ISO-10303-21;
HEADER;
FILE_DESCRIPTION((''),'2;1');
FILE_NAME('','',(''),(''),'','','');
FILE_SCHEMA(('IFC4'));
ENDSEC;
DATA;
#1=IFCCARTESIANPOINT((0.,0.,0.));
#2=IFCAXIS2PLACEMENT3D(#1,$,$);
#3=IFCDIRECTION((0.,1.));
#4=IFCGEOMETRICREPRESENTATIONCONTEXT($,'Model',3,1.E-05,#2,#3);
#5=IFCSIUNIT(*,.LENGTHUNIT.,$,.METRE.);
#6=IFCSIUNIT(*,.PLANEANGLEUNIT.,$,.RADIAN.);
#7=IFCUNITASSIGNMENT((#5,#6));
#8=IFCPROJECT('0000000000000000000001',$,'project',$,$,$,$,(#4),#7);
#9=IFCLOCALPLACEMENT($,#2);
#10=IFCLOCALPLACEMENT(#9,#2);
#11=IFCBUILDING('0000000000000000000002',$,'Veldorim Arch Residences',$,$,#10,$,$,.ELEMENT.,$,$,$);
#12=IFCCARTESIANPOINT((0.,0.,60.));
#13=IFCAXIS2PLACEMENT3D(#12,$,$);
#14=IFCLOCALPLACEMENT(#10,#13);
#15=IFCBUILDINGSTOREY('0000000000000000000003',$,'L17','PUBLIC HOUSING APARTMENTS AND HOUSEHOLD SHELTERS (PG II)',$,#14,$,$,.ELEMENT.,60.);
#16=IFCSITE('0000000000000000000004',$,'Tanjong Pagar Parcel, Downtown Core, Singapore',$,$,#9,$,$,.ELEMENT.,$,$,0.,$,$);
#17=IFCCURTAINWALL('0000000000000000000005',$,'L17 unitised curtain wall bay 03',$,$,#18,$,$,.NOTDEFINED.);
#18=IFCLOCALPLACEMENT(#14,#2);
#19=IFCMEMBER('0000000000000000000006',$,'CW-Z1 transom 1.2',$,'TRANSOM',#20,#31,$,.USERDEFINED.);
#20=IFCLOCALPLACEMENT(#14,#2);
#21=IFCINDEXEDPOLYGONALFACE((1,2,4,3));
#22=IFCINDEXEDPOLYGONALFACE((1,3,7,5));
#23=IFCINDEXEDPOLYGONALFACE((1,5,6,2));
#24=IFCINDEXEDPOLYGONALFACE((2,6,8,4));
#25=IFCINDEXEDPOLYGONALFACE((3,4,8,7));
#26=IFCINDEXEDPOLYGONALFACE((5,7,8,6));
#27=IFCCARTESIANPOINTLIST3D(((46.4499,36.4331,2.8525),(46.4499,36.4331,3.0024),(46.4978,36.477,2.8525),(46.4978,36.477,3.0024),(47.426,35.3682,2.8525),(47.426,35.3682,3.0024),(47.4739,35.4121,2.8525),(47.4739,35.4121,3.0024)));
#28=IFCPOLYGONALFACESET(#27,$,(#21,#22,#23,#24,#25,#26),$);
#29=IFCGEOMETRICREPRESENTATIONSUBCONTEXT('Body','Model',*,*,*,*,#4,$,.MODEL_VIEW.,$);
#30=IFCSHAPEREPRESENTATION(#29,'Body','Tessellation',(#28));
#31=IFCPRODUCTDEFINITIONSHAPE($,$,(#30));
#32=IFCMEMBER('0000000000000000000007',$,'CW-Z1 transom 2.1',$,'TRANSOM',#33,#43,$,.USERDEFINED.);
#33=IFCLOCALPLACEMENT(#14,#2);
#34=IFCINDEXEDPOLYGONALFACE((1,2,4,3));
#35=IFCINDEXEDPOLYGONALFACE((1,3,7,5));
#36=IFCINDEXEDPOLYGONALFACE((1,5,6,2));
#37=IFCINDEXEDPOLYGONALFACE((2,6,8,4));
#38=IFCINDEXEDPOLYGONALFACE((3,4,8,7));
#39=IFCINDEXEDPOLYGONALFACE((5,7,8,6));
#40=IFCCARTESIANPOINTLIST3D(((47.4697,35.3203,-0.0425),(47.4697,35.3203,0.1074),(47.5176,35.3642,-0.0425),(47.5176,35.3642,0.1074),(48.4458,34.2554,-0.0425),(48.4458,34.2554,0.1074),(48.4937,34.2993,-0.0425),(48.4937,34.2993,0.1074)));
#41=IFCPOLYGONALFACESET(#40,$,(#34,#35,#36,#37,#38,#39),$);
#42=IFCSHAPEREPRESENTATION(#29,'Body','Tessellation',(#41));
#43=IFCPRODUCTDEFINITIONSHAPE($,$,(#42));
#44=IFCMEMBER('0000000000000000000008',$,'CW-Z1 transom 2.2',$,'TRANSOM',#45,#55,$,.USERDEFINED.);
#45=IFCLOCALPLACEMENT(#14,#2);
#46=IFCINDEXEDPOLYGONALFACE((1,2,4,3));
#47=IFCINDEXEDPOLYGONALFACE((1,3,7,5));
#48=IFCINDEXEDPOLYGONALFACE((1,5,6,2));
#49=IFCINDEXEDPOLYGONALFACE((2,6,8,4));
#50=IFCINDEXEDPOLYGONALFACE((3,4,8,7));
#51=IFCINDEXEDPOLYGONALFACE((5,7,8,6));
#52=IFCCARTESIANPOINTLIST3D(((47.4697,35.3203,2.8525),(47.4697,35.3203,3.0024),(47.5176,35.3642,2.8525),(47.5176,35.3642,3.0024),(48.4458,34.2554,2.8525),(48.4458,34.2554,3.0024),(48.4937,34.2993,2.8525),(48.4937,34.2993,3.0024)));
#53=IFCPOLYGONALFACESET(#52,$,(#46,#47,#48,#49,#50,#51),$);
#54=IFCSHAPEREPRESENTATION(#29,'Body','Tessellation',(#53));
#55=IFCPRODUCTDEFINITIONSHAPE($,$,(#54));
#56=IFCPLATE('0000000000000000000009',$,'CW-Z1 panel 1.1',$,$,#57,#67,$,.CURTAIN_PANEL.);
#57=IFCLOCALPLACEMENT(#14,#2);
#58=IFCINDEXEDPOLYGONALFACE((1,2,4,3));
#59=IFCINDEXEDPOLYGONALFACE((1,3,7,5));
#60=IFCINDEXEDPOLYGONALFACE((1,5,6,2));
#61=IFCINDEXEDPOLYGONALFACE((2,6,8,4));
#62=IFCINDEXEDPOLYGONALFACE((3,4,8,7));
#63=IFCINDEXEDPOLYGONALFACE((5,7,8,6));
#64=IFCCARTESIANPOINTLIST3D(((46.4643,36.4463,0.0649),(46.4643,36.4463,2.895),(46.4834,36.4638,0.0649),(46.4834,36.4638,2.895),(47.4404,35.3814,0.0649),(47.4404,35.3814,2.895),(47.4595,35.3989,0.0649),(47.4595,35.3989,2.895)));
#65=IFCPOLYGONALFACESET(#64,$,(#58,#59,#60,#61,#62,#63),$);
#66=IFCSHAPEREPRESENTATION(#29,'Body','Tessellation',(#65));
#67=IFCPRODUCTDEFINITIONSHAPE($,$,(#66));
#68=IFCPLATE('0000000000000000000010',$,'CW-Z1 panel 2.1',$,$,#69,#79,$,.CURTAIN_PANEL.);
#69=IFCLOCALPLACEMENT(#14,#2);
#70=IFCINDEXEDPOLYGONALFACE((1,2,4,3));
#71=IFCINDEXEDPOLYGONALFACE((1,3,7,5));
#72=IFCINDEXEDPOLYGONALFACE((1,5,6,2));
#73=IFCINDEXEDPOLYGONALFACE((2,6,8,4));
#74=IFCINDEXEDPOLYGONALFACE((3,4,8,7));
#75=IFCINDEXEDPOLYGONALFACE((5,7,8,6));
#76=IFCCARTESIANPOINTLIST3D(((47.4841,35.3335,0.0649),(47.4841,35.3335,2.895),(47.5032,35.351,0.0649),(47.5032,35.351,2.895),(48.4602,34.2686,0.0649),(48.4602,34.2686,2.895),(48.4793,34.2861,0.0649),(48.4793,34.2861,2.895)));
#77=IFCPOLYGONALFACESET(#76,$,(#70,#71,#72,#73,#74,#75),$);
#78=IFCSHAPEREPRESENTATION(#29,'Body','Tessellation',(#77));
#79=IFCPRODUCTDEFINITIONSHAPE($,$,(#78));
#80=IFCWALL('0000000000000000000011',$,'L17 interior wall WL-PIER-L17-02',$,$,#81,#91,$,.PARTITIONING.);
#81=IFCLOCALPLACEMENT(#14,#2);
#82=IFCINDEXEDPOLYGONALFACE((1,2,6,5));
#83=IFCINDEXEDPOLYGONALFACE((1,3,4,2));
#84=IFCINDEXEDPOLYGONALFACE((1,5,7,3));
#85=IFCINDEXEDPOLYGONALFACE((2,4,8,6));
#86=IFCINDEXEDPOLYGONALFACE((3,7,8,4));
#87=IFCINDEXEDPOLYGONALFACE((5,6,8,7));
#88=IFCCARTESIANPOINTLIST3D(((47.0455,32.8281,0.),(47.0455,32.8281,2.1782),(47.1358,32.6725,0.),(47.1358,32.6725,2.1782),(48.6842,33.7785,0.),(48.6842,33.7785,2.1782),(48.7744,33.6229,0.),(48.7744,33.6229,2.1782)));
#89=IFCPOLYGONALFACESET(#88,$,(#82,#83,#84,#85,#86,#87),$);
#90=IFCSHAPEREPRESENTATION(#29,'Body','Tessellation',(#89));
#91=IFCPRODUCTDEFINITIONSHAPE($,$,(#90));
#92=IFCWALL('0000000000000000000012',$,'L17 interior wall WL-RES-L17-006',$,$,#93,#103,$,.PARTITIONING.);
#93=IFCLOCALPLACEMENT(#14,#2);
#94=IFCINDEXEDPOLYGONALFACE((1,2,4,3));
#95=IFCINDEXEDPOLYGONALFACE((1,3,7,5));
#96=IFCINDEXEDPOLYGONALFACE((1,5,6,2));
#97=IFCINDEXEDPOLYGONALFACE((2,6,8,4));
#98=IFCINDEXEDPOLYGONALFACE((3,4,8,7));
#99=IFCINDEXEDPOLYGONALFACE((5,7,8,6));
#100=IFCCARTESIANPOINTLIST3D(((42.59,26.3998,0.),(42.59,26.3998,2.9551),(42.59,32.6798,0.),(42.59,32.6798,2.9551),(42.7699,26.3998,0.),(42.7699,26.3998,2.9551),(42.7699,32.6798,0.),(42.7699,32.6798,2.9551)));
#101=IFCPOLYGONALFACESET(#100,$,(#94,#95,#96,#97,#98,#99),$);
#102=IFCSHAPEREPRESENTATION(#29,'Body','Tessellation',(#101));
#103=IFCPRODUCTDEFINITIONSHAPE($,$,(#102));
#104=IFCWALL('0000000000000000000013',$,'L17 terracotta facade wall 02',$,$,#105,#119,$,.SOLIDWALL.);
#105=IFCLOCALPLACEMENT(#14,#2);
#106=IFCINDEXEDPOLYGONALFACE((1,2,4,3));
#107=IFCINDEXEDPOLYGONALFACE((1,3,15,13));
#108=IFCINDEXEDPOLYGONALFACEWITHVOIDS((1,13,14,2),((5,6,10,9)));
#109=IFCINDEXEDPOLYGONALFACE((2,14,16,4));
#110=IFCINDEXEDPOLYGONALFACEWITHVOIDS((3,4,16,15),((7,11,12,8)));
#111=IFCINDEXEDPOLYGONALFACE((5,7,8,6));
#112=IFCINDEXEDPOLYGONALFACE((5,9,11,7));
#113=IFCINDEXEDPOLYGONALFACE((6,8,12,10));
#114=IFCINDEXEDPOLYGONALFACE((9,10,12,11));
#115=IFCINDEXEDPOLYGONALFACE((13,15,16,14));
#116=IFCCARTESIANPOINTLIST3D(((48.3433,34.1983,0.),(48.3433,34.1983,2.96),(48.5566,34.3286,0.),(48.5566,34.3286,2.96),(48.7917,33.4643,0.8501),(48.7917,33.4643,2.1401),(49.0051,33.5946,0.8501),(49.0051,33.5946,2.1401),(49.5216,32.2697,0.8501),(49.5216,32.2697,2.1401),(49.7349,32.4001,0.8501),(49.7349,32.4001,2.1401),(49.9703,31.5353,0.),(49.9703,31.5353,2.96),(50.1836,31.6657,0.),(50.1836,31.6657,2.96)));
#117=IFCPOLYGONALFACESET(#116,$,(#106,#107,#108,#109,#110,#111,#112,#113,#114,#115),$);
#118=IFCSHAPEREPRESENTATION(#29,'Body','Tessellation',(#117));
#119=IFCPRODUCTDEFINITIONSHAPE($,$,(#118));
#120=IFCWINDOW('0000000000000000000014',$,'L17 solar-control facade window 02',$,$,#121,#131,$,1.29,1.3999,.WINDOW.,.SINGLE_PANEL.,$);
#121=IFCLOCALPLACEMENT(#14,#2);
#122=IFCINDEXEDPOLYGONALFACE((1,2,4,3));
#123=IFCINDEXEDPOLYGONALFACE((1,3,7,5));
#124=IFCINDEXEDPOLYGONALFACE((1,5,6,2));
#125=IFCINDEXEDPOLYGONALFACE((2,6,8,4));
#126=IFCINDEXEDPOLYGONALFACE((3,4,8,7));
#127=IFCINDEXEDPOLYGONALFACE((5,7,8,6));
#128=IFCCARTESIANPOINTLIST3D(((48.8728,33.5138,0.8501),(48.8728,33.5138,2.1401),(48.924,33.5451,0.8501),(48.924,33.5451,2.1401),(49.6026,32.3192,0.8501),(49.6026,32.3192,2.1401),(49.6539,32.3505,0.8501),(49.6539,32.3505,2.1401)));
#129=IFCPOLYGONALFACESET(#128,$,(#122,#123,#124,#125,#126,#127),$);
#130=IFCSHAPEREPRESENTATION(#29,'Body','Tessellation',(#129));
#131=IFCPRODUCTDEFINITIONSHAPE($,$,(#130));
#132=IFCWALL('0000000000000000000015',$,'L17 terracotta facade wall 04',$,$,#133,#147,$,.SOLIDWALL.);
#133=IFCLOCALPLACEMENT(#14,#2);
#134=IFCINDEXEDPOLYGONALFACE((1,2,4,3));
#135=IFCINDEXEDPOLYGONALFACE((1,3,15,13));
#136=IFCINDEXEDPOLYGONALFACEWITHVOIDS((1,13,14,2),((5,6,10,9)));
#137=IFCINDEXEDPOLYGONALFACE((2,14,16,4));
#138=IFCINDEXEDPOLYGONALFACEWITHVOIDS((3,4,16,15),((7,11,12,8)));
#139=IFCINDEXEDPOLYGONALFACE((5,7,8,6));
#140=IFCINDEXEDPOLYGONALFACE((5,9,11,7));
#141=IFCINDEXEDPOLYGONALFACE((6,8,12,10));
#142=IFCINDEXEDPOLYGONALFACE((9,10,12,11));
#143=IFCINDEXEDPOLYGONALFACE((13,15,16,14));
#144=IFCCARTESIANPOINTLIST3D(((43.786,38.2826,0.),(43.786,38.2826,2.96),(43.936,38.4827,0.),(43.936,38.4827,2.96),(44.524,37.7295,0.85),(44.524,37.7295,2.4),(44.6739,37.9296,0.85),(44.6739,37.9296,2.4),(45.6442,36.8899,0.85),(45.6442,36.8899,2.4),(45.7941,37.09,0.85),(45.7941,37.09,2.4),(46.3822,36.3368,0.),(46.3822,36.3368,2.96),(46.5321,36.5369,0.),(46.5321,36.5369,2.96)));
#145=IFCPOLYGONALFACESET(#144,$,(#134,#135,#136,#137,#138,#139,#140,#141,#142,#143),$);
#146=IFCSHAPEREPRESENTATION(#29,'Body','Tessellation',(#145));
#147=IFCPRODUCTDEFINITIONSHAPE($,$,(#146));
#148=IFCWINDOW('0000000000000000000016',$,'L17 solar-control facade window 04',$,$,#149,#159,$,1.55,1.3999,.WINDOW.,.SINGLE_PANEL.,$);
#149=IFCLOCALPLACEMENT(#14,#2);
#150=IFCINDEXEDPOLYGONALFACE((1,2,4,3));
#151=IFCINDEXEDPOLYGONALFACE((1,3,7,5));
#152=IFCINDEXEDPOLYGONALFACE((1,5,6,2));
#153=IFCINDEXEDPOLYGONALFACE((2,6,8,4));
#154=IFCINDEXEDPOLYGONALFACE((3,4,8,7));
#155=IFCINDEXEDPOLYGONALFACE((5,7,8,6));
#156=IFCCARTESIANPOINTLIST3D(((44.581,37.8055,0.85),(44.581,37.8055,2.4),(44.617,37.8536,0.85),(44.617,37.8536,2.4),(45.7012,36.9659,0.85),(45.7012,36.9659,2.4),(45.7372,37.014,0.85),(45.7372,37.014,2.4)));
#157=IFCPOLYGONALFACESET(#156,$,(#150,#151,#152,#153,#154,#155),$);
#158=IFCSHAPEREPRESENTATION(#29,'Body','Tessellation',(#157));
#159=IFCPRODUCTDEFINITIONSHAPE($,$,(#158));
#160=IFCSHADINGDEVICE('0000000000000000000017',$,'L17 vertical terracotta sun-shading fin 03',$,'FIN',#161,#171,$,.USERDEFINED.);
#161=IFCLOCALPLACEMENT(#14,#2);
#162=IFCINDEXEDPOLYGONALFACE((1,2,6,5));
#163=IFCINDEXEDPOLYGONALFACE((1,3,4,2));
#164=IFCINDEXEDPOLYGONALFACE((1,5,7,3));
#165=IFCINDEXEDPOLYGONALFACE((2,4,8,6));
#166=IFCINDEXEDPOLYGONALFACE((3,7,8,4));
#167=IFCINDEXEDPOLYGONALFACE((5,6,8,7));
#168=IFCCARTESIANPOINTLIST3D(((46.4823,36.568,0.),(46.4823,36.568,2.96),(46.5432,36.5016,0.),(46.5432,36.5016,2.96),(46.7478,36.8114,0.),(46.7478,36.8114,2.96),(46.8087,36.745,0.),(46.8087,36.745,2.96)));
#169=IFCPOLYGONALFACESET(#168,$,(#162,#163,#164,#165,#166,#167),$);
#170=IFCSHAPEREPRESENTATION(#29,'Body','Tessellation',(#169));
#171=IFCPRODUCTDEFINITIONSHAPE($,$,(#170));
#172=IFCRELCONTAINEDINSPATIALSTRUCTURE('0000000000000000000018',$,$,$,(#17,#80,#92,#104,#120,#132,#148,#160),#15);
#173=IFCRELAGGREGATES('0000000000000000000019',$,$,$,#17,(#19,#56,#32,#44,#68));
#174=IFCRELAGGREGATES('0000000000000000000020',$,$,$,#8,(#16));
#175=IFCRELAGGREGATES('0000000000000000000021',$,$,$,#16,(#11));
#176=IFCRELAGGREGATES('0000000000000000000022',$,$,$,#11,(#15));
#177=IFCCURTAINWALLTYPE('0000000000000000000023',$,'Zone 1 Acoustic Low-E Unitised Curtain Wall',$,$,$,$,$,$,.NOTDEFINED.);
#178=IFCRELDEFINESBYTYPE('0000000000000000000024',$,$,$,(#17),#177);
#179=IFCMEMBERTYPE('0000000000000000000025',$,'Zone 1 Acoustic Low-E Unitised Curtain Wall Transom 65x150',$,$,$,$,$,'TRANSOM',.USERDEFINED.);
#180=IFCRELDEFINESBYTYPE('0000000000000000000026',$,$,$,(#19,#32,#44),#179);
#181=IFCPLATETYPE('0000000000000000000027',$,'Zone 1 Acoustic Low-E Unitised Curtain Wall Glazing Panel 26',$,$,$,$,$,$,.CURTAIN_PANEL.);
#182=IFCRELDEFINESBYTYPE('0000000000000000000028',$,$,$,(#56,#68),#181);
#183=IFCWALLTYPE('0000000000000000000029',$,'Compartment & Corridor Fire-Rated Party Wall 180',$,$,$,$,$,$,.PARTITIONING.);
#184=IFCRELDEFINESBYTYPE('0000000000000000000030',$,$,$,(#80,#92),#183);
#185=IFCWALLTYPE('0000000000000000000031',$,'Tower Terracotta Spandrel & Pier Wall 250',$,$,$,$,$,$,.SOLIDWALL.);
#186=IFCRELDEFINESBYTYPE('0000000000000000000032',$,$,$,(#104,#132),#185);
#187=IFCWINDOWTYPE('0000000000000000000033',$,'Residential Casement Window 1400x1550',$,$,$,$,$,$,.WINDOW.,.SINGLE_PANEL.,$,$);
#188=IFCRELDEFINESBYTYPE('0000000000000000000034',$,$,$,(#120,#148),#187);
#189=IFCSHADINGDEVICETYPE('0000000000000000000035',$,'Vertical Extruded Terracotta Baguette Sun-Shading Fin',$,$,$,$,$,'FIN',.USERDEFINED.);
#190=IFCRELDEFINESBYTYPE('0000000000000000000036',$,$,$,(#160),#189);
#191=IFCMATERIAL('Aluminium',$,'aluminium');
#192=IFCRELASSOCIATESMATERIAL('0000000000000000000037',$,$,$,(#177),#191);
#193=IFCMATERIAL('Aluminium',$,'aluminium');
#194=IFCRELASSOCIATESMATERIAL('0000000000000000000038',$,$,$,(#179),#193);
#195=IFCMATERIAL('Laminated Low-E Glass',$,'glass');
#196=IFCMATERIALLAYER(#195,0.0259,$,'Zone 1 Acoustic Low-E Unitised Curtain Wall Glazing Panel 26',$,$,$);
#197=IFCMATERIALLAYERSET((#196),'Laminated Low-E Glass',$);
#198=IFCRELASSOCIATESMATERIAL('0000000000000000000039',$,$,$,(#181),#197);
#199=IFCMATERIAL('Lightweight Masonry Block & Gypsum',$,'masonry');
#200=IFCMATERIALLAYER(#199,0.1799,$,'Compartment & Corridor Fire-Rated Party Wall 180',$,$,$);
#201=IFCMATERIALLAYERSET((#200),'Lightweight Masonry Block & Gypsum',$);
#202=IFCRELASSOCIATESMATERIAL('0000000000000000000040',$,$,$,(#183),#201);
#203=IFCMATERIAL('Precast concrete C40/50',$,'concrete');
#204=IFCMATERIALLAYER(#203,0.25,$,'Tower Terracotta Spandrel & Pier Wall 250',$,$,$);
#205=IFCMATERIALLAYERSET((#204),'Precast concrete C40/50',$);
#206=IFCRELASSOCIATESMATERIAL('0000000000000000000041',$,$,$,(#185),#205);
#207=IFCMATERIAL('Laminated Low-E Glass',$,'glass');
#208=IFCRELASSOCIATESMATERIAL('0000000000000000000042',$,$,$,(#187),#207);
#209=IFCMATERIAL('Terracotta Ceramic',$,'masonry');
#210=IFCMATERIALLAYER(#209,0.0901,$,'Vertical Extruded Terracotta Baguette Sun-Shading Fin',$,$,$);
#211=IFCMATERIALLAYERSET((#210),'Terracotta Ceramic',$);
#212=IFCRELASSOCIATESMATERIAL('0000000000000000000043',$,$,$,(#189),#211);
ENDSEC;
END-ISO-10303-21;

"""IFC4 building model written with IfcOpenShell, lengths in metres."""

from ifc_helpers import new_model, si_unit, direction, frame, frame_2d, origin, origin_2d, place, context, subcontext, project, spatial, rectangle, extrude, material, layer, layer_set, material_profile, profile_set, type_object, element, fill, aggregate, save


model = new_model("IFC4")

# Units and contexts
model_context = context("Model", 3, precision=1e-05, world=origin(), true_north=direction((0.0, 1.0)))
body_context = subcontext(model_context, "Body", "Model", "MODEL_VIEW")
ifc_project = project(units=[si_unit("LENGTHUNIT", "METRE"), si_unit("PLANEANGLEUNIT", "RADIAN")], contexts=[model_context])

# Site, building, storey
site_placement = place(None, origin())
site = spatial("IfcSite", under=ifc_project, at=site_placement, Name="Tanjong Pagar Parcel, Downtown Core, Singapore", CompositionType="ELEMENT", RefElevation=0.0)
building_placement = place(site_placement, origin())
building = spatial("IfcBuilding", under=site, at=building_placement, Name="Veldorim Arch Residences", CompositionType="ELEMENT")
storey_placement = place(building_placement, frame((0.0, 0.0, 60.0)))
storey = spatial("IfcBuildingStorey", under=building, at=storey_placement, Name="L17", Description="PUBLIC HOUSING APARTMENTS AND HOUSEHOLD SHELTERS (PG II)", CompositionType="ELEMENT", Elevation=60.0)

# Curtain wall, members, plates
ifc_material_1 = material(Name="Aluminium", Category="aluminium")
curtain_wall_type = type_object("IfcCurtainWallType", Name="Zone 1 Acoustic Low-E Unitised Curtain Wall", PredefinedType="NOTDEFINED", material=ifc_material_1)
curtain_wall_placement = place(storey_placement, origin())
curtain_wall = element("IfcCurtainWall", 1, at=curtain_wall_placement, inside=storey, type_object=curtain_wall_type, Name="L17 unitised curtain wall bay 03", PredefinedType="NOTDEFINED")
ifc_material_2 = material(Name="Aluminium", Category="aluminium")
ifc_material_profile_1 = material_profile(ifc_material_2, rectangle(XDim=0.0649, YDim=0.1499, at=origin_2d()), Name="ALU_TRN_65x150")
ifc_profile_set_1 = profile_set([ifc_material_profile_1], Name="Aluminium")
member_type_1 = type_object("IfcMemberType", Name="Zone 1 Acoustic Low-E Unitised Curtain Wall Transom 65x150", ElementType="TRANSOM", PredefinedType="USERDEFINED", material=ifc_profile_set_1)
member_1_placement = place(storey_placement, frame((46.4739, 36.4551, 2.9275), z_axis=(0.675679, -0.737196, 0.0), x_axis=(0.737196, 0.675679, 0.0)))
member_1 = element("IfcMember", 2, at=member_1_placement, type_object=member_type_1, Name="CW-Z1 transom 1.2", ObjectType="TRANSOM", PredefinedType="USERDEFINED", context=body_context, shape_type="SweptSolid", body=[
    extrude(rectangle(XDim=0.0649, YDim=0.1499, at=origin_2d()), origin(), (0.0, 0.0, 1.0), 1.4446),
])
member_2_placement = place(storey_placement, frame((47.4937, 35.3423, 0.0325), z_axis=(0.675679, -0.737196, 0.0), x_axis=(0.737196, 0.675679, 0.0)))
member_2 = element("IfcMember", 3, at=member_2_placement, type_object=member_type_1, Name="CW-Z1 transom 2.1", ObjectType="TRANSOM", PredefinedType="USERDEFINED", context=body_context, shape_type="SweptSolid", body=[
    extrude(rectangle(XDim=0.0649, YDim=0.1499, at=origin_2d()), origin(), (0.0, 0.0, 1.0), 1.4446),
])
member_3_placement = place(storey_placement, frame((47.4937, 35.3423, 2.9275), z_axis=(0.675679, -0.737196, 0.0), x_axis=(0.737196, 0.675679, 0.0)))
member_3 = element("IfcMember", 4, at=member_3_placement, type_object=member_type_1, Name="CW-Z1 transom 2.2", ObjectType="TRANSOM", PredefinedType="USERDEFINED", context=body_context, shape_type="SweptSolid", body=[
    extrude(rectangle(XDim=0.0649, YDim=0.1499, at=origin_2d()), origin(), (0.0, 0.0, 1.0), 1.4446),
])
ifc_material_3 = material(Name="Laminated Low-E Glass", Category="glass")
ifc_layer_1 = layer(ifc_material_3, 0.0259, Name="Zone 1 Acoustic Low-E Unitised Curtain Wall Glazing Panel 26")
ifc_layer_set_1 = layer_set([ifc_layer_1], Name="Laminated Low-E Glass")
plate_type = type_object("IfcPlateType", Name="Zone 1 Acoustic Low-E Unitised Curtain Wall Glazing Panel 26", PredefinedType="CURTAIN_PANEL", material=ifc_layer_set_1)
plate_1_placement = place(storey_placement, frame((46.9619, 35.9226, 0.0649), z_axis=(0.0, 0.0, 1.0), x_axis=(0.675682, -0.737193, 0.0)))
plate_1 = element("IfcPlate", 5, at=plate_1_placement, type_object=plate_type, Name="CW-Z1 panel 1.1", PredefinedType="CURTAIN_PANEL", context=body_context, shape_type="SweptSolid", body=[
    extrude(rectangle(XDim=1.4446, YDim=0.0259, at=origin_2d()), origin(), (0.0, 0.0, 1.0), 2.8301),
])
plate_2_placement = place(storey_placement, frame((47.9817, 34.8098, 0.0649), z_axis=(0.0, 0.0, 1.0), x_axis=(0.675682, -0.737193, 0.0)))
plate_2 = element("IfcPlate", 6, at=plate_2_placement, type_object=plate_type, Name="CW-Z1 panel 2.1", PredefinedType="CURTAIN_PANEL", context=body_context, shape_type="SweptSolid", body=[
    extrude(rectangle(XDim=1.4446, YDim=0.0259, at=origin_2d()), origin(), (0.0, 0.0, 1.0), 2.8301),
])
aggregate(curtain_wall, [member_1, plate_1, member_2, member_3, plate_2])

# Walls
ifc_material_4 = material(Name="Lightweight Masonry Block & Gypsum", Category="masonry")
ifc_layer_2 = layer(ifc_material_4, 0.1799, Name="Compartment & Corridor Fire-Rated Party Wall 180")
ifc_layer_set_2 = layer_set([ifc_layer_2], Name="Lightweight Masonry Block & Gypsum")
wall_type_1 = type_object("IfcWallType", Name="Compartment & Corridor Fire-Rated Party Wall 180", PredefinedType="PARTITIONING", material=ifc_layer_set_2)
wall_1_placement = place(storey_placement, frame((47.0906, 32.7502, 0.0), z_axis=(0.0, 0.0, 1.0), x_axis=(0.865029, 0.501722, 0.0)))
element("IfcWall", 7, at=wall_1_placement, inside=storey, type_object=wall_type_1, Name="L17 interior wall WL-PIER-L17-02", PredefinedType="PARTITIONING", context=body_context, shape_type="SweptSolid", body=[
    extrude(rectangle(XDim=1.8943, YDim=0.1799, at=frame_2d((0.9473, 0.0))), origin(), (0.0, 0.0, 1.0), 2.1782),
])
wall_2_placement = place(storey_placement, frame((42.6799, 32.6799, 0.0), z_axis=(0.0, 0.0, 1.0), x_axis=(0.0, -1.0, 0.0)))
element("IfcWall", 8, at=wall_2_placement, inside=storey, type_object=wall_type_1, Name="L17 interior wall WL-RES-L17-006", PredefinedType="PARTITIONING", context=body_context, shape_type="SweptSolid", body=[
    extrude(rectangle(XDim=6.28, YDim=0.1799, at=frame_2d((3.1401, 0.0))), origin(), (0.0, 0.0, 1.0), 2.9551),
])

# Walls, openings, windows
ifc_material_5 = material(Name="Precast concrete C40/50", Category="concrete")
ifc_layer_3 = layer(ifc_material_5, 0.25, Name="Tower Terracotta Spandrel & Pier Wall 250")
ifc_layer_set_3 = layer_set([ifc_layer_3], Name="Precast concrete C40/50")
wall_type_2 = type_object("IfcWallType", Name="Tower Terracotta Spandrel & Pier Wall 250", PredefinedType="SOLIDWALL", material=ifc_layer_set_3)
wall_3_placement = place(storey_placement, frame((48.45, 34.2634, 0.0), z_axis=(0.0, 0.0, 1.0), x_axis=(0.521371, -0.85333, 0.0)))
wall_3 = element("IfcWall", 9, at=wall_3_placement, inside=storey, type_object=wall_type_2, Name="L17 terracotta facade wall 02", PredefinedType="SOLIDWALL", context=body_context, shape_type="SweptSolid", body=[
    extrude(rectangle(XDim=3.1206, YDim=0.25, at=frame_2d((1.5603, 0.0))), origin(), (0.0, 0.0, 1.0), 2.96),
])
opening_1_placement = place(wall_3_placement, frame((0.8601, 0.0, 0.8501)))
opening_1 = element("IfcOpeningElement", 10, at=opening_1_placement, cuts=wall_3, PredefinedType="OPENING", context=body_context, shape_type="SweptSolid", body=[
    extrude(rectangle(XDim=1.3999, YDim=1.29, at=frame_2d((0.7, 0.645))), frame((0.0, 0.135, 0.0), z_axis=(0.0, -1.0, 0.0), x_axis=(1.0, 0.0, 0.0)), (0.0, 0.0, 1.0), 0.27),
])
ifc_material_6 = material(Name="Laminated Low-E Glass", Category="glass")
window_type = type_object("IfcWindowType", Name="Residential Casement Window 1400x1550", PartitioningType="SINGLE_PANEL", PredefinedType="WINDOW", material=ifc_material_6)
window_1_placement = place(opening_1_placement, origin())
window_1 = element("IfcWindow", 11, at=window_1_placement, inside=storey, type_object=window_type, Name="L17 solar-control facade window 02", OverallHeight=1.29, OverallWidth=1.3999, PartitioningType="SINGLE_PANEL", PredefinedType="WINDOW", context=body_context, shape_type="SweptSolid", body=[
    extrude(rectangle(XDim=1.3999, YDim=1.29, at=frame_2d((0.7, 0.645))), frame((0.0, 0.03, 0.0), z_axis=(0.0, -1.0, 0.0), x_axis=(1.0, 0.0, 0.0)), (0.0, 0.0, 1.0), 0.0601),
])
fill(opening_1, window_1)
wall_4_placement = place(storey_placement, frame((43.8611, 38.3826, 0.0), z_axis=(0.0, 0.0, 1.0), x_axis=(0.800199, -0.599735, 0.0)))
wall_4 = element("IfcWall", 12, at=wall_4_placement, inside=storey, type_object=wall_type_2, Name="L17 terracotta facade wall 04", PredefinedType="SOLIDWALL", context=body_context, shape_type="SweptSolid", body=[
    extrude(rectangle(XDim=3.2444, YDim=0.25, at=frame_2d((1.6221, 0.0))), origin(), (0.0, 0.0, 1.0), 2.96),
])
opening_2_placement = place(wall_4_placement, frame((0.9221, 0.0, 0.8501)))
opening_2 = element("IfcOpeningElement", 13, at=opening_2_placement, cuts=wall_4, PredefinedType="OPENING", context=body_context, shape_type="SweptSolid", body=[
    extrude(rectangle(XDim=1.3999, YDim=1.55, at=frame_2d((0.7, 0.7749))), frame((0.0, 0.135, 0.0), z_axis=(0.0, -1.0, 0.0), x_axis=(1.0, 0.0, 0.0)), (0.0, 0.0, 1.0), 0.27),
])
window_2_placement = place(opening_2_placement, origin())
window_2 = element("IfcWindow", 14, at=window_2_placement, inside=storey, type_object=window_type, Name="L17 solar-control facade window 04", OverallHeight=1.55, OverallWidth=1.3999, PartitioningType="SINGLE_PANEL", PredefinedType="WINDOW", context=body_context, shape_type="SweptSolid", body=[
    extrude(rectangle(XDim=1.3999, YDim=1.55, at=frame_2d((0.7, 0.7749))), frame((0.0, 0.03, 0.0), z_axis=(0.0, -1.0, 0.0), x_axis=(1.0, 0.0, 0.0)), (0.0, 0.0, 1.0), 0.0601),
])
fill(opening_2, window_2)

# Shading device
ifc_material_7 = material(Name="Terracotta Ceramic", Category="masonry")
ifc_layer_4 = layer(ifc_material_7, 0.0901, Name="Vertical Extruded Terracotta Baguette Sun-Shading Fin")
ifc_layer_set_4 = layer_set([ifc_layer_4], Name="Terracotta Ceramic")
shading_device_type = type_object("IfcShadingDeviceType", Name="Vertical Extruded Terracotta Baguette Sun-Shading Fin", ElementType="FIN", PredefinedType="USERDEFINED", material=ifc_layer_set_4)
shading_device_placement = place(storey_placement, frame((46.6455, 36.6565, 0.0), z_axis=(0.0, 0.0, 1.0), x_axis=(0.675719, -0.737159, 0.0)))
element("IfcShadingDevice", 15, at=shading_device_placement, inside=storey, type_object=shading_device_type, Name="L17 vertical terracotta sun-shading fin 03", ObjectType="FIN", PredefinedType="USERDEFINED", context=body_context, shape_type="SweptSolid", body=[
    extrude(rectangle(XDim=0.0901, YDim=0.3601, at=origin_2d()), origin(), (0.0, 0.0, 1.0), 2.96),
])

save(model, "model.ifc")
